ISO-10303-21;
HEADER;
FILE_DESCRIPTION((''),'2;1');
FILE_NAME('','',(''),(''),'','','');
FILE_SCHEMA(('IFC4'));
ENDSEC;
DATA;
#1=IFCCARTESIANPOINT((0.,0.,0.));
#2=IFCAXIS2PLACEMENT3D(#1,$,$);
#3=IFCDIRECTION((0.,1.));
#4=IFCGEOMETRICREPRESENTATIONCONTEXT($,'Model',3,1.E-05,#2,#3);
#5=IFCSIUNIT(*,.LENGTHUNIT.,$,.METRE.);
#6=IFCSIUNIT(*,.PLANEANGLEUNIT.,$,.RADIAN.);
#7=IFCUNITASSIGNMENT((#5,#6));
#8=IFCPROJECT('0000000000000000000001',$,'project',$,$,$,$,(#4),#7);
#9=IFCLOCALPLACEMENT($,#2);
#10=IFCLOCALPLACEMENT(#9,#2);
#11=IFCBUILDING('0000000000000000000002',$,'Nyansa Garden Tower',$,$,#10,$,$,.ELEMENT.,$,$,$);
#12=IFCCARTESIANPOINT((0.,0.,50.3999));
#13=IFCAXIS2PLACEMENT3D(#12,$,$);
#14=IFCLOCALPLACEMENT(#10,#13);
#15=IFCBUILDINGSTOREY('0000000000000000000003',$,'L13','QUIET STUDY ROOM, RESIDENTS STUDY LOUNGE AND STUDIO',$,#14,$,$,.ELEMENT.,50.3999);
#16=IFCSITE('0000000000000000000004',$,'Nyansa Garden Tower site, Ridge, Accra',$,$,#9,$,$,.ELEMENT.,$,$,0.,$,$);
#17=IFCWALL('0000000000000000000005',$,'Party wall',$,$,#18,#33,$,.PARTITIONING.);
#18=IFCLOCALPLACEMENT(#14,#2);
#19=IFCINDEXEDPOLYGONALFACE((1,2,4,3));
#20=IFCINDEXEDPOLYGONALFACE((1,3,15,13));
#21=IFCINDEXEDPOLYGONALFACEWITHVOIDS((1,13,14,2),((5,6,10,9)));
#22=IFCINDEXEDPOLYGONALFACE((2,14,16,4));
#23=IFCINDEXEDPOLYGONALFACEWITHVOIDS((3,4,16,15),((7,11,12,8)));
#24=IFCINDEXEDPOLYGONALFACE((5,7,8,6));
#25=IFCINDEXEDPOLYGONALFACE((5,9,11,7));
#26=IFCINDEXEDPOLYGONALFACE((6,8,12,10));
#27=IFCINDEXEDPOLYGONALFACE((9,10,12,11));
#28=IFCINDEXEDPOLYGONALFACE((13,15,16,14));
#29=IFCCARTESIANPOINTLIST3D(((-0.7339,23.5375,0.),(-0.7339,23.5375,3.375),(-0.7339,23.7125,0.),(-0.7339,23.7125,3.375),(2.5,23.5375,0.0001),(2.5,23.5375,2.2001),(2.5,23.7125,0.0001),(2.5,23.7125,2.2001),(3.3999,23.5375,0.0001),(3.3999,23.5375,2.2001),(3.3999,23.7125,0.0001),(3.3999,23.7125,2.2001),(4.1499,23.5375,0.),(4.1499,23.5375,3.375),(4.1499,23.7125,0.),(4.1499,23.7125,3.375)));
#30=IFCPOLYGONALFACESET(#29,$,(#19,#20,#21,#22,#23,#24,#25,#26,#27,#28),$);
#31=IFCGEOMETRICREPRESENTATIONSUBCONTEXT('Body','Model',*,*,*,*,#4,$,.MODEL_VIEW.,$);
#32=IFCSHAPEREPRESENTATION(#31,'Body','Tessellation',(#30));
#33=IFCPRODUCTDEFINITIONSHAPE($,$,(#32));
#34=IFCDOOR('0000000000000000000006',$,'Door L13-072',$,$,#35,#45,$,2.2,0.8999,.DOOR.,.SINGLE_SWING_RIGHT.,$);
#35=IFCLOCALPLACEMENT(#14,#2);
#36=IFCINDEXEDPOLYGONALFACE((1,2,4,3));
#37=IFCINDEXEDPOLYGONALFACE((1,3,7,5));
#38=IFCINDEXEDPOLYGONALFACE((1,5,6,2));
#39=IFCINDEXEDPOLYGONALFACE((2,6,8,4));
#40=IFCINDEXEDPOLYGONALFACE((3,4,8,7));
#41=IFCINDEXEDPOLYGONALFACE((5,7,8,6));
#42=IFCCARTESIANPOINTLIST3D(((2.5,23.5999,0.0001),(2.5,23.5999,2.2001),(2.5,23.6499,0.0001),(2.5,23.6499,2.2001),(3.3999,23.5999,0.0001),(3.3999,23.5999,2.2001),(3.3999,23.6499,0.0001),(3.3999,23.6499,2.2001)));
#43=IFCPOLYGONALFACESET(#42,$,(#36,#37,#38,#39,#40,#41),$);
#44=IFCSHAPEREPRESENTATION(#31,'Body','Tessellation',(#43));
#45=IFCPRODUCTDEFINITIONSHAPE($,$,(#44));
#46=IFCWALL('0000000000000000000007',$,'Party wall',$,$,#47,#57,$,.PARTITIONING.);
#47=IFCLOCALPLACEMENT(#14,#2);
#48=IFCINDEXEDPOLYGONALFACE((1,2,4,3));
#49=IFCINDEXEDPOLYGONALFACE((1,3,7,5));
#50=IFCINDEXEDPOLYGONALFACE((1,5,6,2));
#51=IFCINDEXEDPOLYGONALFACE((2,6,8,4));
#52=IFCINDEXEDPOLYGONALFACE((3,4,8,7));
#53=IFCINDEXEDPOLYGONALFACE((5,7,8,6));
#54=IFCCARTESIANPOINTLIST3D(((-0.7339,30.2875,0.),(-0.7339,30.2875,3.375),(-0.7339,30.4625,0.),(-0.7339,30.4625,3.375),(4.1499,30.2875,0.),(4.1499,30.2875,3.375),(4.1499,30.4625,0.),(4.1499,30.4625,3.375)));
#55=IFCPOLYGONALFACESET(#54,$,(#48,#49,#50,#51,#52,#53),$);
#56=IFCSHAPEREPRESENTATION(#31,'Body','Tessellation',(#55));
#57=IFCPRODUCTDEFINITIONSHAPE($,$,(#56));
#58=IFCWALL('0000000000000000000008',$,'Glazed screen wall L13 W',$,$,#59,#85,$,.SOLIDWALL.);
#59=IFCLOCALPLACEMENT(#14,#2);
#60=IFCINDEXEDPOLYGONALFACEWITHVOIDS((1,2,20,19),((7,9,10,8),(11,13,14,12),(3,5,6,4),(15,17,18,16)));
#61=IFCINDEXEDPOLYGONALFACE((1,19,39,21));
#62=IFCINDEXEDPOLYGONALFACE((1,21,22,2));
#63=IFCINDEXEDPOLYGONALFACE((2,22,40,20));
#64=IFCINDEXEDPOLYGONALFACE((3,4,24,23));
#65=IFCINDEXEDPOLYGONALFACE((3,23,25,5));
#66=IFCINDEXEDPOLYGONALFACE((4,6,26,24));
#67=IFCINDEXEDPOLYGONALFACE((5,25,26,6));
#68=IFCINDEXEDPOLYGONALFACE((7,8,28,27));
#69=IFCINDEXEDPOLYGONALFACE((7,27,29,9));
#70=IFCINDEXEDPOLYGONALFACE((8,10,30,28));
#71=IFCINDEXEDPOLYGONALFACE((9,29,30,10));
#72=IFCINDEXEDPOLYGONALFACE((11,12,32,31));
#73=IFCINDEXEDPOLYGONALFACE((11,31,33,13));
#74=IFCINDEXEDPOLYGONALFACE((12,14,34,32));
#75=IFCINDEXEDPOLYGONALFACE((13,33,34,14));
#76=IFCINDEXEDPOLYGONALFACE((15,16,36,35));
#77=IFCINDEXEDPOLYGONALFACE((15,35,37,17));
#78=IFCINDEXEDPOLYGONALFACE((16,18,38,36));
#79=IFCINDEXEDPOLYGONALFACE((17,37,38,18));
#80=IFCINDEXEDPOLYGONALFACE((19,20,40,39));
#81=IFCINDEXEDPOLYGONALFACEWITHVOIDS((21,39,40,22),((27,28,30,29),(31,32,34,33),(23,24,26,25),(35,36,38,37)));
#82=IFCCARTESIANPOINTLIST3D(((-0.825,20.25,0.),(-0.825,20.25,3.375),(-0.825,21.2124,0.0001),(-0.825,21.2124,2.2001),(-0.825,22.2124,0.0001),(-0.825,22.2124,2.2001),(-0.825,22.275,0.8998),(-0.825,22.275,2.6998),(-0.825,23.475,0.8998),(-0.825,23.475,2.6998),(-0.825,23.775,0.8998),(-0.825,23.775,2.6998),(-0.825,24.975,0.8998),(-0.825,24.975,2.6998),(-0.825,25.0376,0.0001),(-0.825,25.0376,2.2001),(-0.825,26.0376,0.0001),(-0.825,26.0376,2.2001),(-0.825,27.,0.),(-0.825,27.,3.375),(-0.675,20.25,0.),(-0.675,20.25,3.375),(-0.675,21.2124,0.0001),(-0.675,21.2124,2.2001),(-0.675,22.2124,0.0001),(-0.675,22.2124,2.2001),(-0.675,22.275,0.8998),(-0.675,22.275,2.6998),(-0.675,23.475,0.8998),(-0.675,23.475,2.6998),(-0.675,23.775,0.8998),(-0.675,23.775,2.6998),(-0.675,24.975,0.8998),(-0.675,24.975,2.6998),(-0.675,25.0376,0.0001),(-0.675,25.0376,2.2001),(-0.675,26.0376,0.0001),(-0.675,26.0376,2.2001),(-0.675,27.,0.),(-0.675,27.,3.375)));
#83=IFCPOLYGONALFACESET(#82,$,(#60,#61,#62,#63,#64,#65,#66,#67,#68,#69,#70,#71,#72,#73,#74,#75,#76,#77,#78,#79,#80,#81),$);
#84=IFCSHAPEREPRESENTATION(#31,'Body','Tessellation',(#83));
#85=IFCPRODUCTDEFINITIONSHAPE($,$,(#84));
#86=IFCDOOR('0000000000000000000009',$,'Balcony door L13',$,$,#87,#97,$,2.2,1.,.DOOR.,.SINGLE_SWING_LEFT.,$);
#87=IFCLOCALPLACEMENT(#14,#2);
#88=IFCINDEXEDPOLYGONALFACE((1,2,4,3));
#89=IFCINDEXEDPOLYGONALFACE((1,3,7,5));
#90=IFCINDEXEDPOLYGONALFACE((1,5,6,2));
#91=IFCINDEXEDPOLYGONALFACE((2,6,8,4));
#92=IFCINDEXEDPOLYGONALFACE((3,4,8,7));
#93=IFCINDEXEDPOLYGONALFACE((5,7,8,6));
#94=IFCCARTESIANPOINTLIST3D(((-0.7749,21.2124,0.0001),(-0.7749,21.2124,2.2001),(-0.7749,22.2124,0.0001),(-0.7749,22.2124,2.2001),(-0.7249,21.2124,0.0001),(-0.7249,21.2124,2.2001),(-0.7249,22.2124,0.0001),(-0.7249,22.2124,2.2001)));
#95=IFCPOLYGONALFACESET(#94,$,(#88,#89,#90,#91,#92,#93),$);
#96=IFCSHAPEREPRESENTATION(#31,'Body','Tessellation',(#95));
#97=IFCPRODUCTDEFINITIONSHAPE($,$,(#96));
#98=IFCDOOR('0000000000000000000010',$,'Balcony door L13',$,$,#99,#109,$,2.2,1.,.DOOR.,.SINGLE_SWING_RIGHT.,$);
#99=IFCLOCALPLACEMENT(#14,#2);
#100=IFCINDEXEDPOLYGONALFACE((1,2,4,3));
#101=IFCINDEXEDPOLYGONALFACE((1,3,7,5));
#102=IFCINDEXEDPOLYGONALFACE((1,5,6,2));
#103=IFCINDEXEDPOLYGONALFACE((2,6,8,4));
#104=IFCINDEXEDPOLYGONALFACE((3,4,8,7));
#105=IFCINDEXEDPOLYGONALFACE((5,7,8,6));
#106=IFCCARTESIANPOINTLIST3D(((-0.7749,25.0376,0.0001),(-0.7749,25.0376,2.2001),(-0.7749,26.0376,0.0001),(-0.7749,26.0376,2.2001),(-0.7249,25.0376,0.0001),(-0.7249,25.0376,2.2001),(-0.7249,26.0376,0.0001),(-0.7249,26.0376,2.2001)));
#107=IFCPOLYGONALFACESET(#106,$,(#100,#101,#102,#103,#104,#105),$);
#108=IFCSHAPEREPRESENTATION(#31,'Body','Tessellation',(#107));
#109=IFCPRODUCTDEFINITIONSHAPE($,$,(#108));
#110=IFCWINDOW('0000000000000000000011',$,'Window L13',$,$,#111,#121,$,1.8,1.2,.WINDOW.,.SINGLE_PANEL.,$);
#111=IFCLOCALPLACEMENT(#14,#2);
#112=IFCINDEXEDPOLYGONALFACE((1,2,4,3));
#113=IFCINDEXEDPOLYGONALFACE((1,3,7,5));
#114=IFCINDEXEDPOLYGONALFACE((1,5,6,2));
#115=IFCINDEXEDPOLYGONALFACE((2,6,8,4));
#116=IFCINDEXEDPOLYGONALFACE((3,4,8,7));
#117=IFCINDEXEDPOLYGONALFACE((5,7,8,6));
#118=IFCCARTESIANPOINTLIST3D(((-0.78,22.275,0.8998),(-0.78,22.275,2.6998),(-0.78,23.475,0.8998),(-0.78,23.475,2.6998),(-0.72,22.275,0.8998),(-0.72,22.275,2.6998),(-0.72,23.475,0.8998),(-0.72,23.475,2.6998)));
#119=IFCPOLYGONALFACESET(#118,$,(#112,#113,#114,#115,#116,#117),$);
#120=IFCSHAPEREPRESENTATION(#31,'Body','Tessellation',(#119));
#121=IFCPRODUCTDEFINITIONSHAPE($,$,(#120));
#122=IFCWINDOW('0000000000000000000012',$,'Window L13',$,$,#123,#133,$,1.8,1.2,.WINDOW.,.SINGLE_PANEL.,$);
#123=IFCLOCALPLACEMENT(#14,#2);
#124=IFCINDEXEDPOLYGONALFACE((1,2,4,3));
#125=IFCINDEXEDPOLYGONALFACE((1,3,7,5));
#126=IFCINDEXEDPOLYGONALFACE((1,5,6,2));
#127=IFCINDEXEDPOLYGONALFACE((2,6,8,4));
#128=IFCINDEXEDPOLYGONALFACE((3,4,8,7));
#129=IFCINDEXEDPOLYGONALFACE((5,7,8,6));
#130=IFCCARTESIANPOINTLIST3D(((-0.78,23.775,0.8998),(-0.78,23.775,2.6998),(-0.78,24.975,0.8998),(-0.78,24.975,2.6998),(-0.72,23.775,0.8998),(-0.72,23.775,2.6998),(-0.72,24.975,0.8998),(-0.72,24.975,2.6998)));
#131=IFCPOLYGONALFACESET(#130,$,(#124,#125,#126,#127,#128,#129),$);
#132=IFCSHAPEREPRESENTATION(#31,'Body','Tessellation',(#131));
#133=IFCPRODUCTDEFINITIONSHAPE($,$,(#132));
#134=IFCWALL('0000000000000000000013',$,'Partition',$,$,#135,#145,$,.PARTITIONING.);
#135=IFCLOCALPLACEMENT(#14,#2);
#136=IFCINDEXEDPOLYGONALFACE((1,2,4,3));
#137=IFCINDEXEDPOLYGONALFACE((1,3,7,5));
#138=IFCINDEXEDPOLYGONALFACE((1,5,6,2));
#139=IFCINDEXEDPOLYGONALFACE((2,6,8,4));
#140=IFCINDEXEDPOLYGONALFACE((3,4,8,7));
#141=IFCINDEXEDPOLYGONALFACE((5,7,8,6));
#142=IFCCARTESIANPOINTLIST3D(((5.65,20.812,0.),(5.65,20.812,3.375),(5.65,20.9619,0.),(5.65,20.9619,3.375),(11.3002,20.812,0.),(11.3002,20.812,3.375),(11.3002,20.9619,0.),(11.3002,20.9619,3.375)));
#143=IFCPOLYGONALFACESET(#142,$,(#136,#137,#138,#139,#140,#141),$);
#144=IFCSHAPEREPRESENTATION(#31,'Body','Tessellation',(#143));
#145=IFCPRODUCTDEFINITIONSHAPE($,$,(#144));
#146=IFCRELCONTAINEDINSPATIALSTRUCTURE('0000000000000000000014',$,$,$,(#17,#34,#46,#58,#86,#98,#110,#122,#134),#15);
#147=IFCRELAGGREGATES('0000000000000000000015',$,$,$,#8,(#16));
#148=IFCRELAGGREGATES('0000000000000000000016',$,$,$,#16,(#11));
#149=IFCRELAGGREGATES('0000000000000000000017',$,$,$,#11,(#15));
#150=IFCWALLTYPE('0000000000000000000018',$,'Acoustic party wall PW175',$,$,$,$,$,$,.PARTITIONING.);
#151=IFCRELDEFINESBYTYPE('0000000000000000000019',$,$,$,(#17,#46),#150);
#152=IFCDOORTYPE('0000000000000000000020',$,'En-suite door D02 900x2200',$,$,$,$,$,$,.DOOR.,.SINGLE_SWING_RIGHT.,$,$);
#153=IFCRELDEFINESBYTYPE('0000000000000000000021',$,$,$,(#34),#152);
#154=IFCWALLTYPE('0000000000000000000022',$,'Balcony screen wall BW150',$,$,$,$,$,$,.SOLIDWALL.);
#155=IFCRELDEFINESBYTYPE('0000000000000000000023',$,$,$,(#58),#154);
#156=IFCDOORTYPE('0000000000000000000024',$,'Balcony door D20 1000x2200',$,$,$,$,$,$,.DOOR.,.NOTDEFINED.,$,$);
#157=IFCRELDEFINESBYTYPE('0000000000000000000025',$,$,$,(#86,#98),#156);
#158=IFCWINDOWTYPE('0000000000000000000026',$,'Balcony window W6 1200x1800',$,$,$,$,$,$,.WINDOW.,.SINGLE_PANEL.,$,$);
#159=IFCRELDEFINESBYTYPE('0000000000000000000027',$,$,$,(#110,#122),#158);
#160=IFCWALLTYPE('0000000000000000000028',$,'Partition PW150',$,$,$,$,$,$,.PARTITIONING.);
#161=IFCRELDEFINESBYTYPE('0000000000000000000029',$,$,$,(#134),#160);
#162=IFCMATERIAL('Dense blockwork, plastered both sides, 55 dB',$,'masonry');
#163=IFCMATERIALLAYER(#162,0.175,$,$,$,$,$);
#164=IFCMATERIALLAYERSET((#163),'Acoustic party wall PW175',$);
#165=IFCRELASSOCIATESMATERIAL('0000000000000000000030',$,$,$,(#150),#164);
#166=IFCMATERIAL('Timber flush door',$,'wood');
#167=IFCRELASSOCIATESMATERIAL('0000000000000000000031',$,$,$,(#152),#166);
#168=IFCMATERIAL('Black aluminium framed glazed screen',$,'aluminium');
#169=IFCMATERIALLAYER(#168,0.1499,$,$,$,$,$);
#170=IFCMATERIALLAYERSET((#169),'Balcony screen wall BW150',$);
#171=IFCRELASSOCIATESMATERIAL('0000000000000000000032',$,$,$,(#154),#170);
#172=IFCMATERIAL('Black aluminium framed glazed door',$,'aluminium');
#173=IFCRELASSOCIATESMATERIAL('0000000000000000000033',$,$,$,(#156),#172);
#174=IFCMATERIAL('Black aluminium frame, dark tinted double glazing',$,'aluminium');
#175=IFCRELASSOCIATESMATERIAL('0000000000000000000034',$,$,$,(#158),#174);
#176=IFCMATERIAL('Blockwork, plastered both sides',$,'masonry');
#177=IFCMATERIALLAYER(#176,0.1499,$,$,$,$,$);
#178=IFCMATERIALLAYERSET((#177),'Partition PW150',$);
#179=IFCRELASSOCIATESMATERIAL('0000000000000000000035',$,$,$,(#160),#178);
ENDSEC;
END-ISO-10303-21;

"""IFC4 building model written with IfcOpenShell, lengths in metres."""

from ifc_helpers import new_model, si_unit, direction, frame, frame_2d, origin, place, context, subcontext, project, spatial, rectangle, extrude, material, layer, layer_set, type_object, element, fill, save


model = new_model("IFC4")

# Units and contexts
model_context = context("Model", 3, precision=1e-05, world=origin(), true_north=direction((0.0, 1.0)))
body_context = subcontext(model_context, "Body", "Model", "MODEL_VIEW")
ifc_project = project(units=[si_unit("LENGTHUNIT", "METRE"), si_unit("PLANEANGLEUNIT", "RADIAN")], contexts=[model_context])

# Site, building, storey
site_placement = place(None, origin())
site = spatial("IfcSite", under=ifc_project, at=site_placement, Name="Nyansa Garden Tower site, Ridge, Accra", CompositionType="ELEMENT", RefElevation=0.0)
building_placement = place(site_placement, origin())
building = spatial("IfcBuilding", under=site, at=building_placement, Name="Nyansa Garden Tower", CompositionType="ELEMENT")
storey_placement = place(building_placement, frame((0.0, 0.0, 50.3999)))
storey = spatial("IfcBuildingStorey", under=building, at=storey_placement, Name="L13", Description="QUIET STUDY ROOM, RESIDENTS STUDY LOUNGE AND STUDIO", CompositionType="ELEMENT", Elevation=50.3999)

# Wall, opening, door
ifc_material_1 = material(Name="Dense blockwork, plastered both sides, 55 dB", Category="masonry")
ifc_layer_1 = layer(ifc_material_1, 0.175)
ifc_layer_set_1 = layer_set([ifc_layer_1], Name="Acoustic party wall PW175")
wall_type_1 = type_object("IfcWallType", Name="Acoustic party wall PW175", PredefinedType="PARTITIONING", material=ifc_layer_set_1)
wall_1_placement = place(storey_placement, frame((-0.7339, 23.625, 0.0), z_axis=(0.0, 0.0, 1.0), x_axis=(1.0, 0.0, 0.0)))
wall_1 = element("IfcWall", 1, at=wall_1_placement, inside=storey, type_object=wall_type_1, Name="Party wall", PredefinedType="PARTITIONING", context=body_context, shape_type="SweptSolid", body=[
    extrude(rectangle(XDim=4.8838, YDim=0.175, at=frame_2d((2.4419, 0.0))), origin(), (0.0, 0.0, 1.0), 3.375),
])
opening_1_placement = place(wall_1_placement, frame((3.2339, 0.0, 0.0)))
opening_1 = element("IfcOpeningElement", 2, at=opening_1_placement, cuts=wall_1, PredefinedType="OPENING", context=body_context, shape_type="SweptSolid", body=[
    extrude(rectangle(XDim=0.8999, YDim=2.2, at=frame_2d((0.45, 1.1001))), frame((0.0, 0.0974, 0.0), z_axis=(0.0, -1.0, 0.0), x_axis=(1.0, 0.0, 0.0)), (0.0, 0.0, 1.0), 0.1951),
])
ifc_material_2 = material(Name="Timber flush door", Category="wood")
door_type_1 = type_object("IfcDoorType", Name="En-suite door D02 900x2200", OperationType="SINGLE_SWING_RIGHT", PredefinedType="DOOR", material=ifc_material_2)
door_1_placement = place(opening_1_placement, origin())
door_1 = element("IfcDoor", 3, at=door_1_placement, inside=storey, type_object=door_type_1, Name="Door L13-072", OperationType="SINGLE_SWING_RIGHT", OverallHeight=2.2, OverallWidth=0.8999, PredefinedType="DOOR", context=body_context, shape_type="SweptSolid", body=[
    extrude(rectangle(XDim=0.8999, YDim=2.2, at=frame_2d((0.45, 1.1001))), frame((0.0, 0.0249, 0.0), z_axis=(0.0, -1.0, 0.0), x_axis=(1.0, 0.0, 0.0)), (0.0, 0.0, 1.0), 0.05),
])
fill(opening_1, door_1)

# Wall
wall_2_placement = place(storey_placement, frame((-0.7339, 30.375, 0.0), z_axis=(0.0, 0.0, 1.0), x_axis=(1.0, 0.0, 0.0)))
element("IfcWall", 4, at=wall_2_placement, inside=storey, type_object=wall_type_1, Name="Party wall", PredefinedType="PARTITIONING", context=body_context, shape_type="SweptSolid", body=[
    extrude(rectangle(XDim=4.8838, YDim=0.175, at=frame_2d((2.4419, 0.0))), origin(), (0.0, 0.0, 1.0), 3.375),
])

# Wall, openings, doors, windows
ifc_material_3 = material(Name="Black aluminium framed glazed screen", Category="aluminium")
ifc_layer_2 = layer(ifc_material_3, 0.1499)
ifc_layer_set_2 = layer_set([ifc_layer_2], Name="Balcony screen wall BW150")
wall_type_2 = type_object("IfcWallType", Name="Balcony screen wall BW150", PredefinedType="SOLIDWALL", material=ifc_layer_set_2)
wall_3_placement = place(storey_placement, frame((-0.75, 20.25, 0.0), z_axis=(0.0, 0.0, 1.0), x_axis=(0.0, 1.0, 0.0)))
wall_3 = element("IfcWall", 5, at=wall_3_placement, inside=storey, type_object=wall_type_2, Name="Glazed screen wall L13 W", PredefinedType="SOLIDWALL", context=body_context, shape_type="SweptSolid", body=[
    extrude(rectangle(XDim=6.75, YDim=0.1499, at=frame_2d((3.375, 0.0))), origin(), (0.0, 0.0, 1.0), 3.375),
])
opening_2_placement = place(wall_3_placement, frame((0.9624, 0.0, 0.0)))
opening_2 = element("IfcOpeningElement", 6, at=opening_2_placement, cuts=wall_3, PredefinedType="OPENING", context=body_context, shape_type="SweptSolid", body=[
    extrude(rectangle(XDim=1.0, YDim=2.2, at=frame_2d((0.5, 1.1001))), frame((0.0, 0.085, 0.0), z_axis=(0.0, -1.0, 0.0), x_axis=(1.0, 0.0, 0.0)), (0.0, 0.0, 1.0), 0.1699),
])
opening_3_placement = place(wall_3_placement, frame((2.0249, 0.0, 0.8999)))
opening_3 = element("IfcOpeningElement", 7, at=opening_3_placement, cuts=wall_3, PredefinedType="OPENING", context=body_context, shape_type="SweptSolid", body=[
    extrude(rectangle(XDim=1.2, YDim=1.8, at=frame_2d((0.6001, 0.8999))), frame((0.0, 0.085, 0.0), z_axis=(0.0, -1.0, 0.0), x_axis=(1.0, 0.0, 0.0)), (0.0, 0.0, 1.0), 0.1699),
])
opening_4_placement = place(wall_3_placement, frame((4.7876, 0.0, 0.0)))
opening_4 = element("IfcOpeningElement", 8, at=opening_4_placement, cuts=wall_3, PredefinedType="OPENING", context=body_context, shape_type="SweptSolid", body=[
    extrude(rectangle(XDim=1.0, YDim=2.2, at=frame_2d((0.5, 1.1001))), frame((0.0, 0.085, 0.0), z_axis=(0.0, -1.0, 0.0), x_axis=(1.0, 0.0, 0.0)), (0.0, 0.0, 1.0), 0.1699),
])
opening_5_placement = place(wall_3_placement, frame((3.5249, 0.0, 0.8999)))
opening_5 = element("IfcOpeningElement", 9, at=opening_5_placement, cuts=wall_3, PredefinedType="OPENING", context=body_context, shape_type="SweptSolid", body=[
    extrude(rectangle(XDim=1.2, YDim=1.8, at=frame_2d((0.6001, 0.8999))), frame((0.0, 0.085, 0.0), z_axis=(0.0, -1.0, 0.0), x_axis=(1.0, 0.0, 0.0)), (0.0, 0.0, 1.0), 0.1699),
])
ifc_material_4 = material(Name="Black aluminium framed glazed door", Category="aluminium")
door_type_2 = type_object("IfcDoorType", Name="Balcony door D20 1000x2200", OperationType="NOTDEFINED", PredefinedType="DOOR", material=ifc_material_4)
door_2_placement = place(opening_2_placement, origin())
door_2 = element("IfcDoor", 10, at=door_2_placement, inside=storey, type_object=door_type_2, Name="Balcony door L13", OperationType="SINGLE_SWING_LEFT", OverallHeight=2.2, OverallWidth=1.0, PredefinedType="DOOR", context=body_context, shape_type="SweptSolid", body=[
    extrude(rectangle(XDim=1.0, YDim=2.2, at=frame_2d((0.5, 1.1001))), frame((0.0, 0.0249, 0.0), z_axis=(0.0, -1.0, 0.0), x_axis=(1.0, 0.0, 0.0)), (0.0, 0.0, 1.0), 0.05),
])
fill(opening_2, door_2)
door_3_placement = place(opening_4_placement, origin())
door_3 = element("IfcDoor", 11, at=door_3_placement, inside=storey, type_object=door_type_2, Name="Balcony door L13", OperationType="SINGLE_SWING_RIGHT", OverallHeight=2.2, OverallWidth=1.0, PredefinedType="DOOR", context=body_context, shape_type="SweptSolid", body=[
    extrude(rectangle(XDim=1.0, YDim=2.2, at=frame_2d((0.5, 1.1001))), frame((0.0, 0.0249, 0.0), z_axis=(0.0, -1.0, 0.0), x_axis=(1.0, 0.0, 0.0)), (0.0, 0.0, 1.0), 0.05),
])
fill(opening_4, door_3)
ifc_material_5 = material(Name="Black aluminium frame, dark tinted double glazing", Category="aluminium")
window_type = type_object("IfcWindowType", Name="Balcony window W6 1200x1800", PartitioningType="SINGLE_PANEL", PredefinedType="WINDOW", material=ifc_material_5)
window_1_placement = place(opening_3_placement, origin())
window_1 = element("IfcWindow", 12, at=window_1_placement, inside=storey, type_object=window_type, Name="Window L13", OverallHeight=1.8, OverallWidth=1.2, PartitioningType="SINGLE_PANEL", PredefinedType="WINDOW", context=body_context, shape_type="SweptSolid", body=[
    extrude(rectangle(XDim=1.2, YDim=1.8, at=frame_2d((0.6001, 0.8999))), frame((0.0, 0.03, 0.0), z_axis=(0.0, -1.0, 0.0), x_axis=(1.0, 0.0, 0.0)), (0.0, 0.0, 1.0), 0.0601),
])
fill(opening_3, window_1)
window_2_placement = place(opening_5_placement, origin())
window_2 = element("IfcWindow", 13, at=window_2_placement, inside=storey, type_object=window_type, Name="Window L13", OverallHeight=1.8, OverallWidth=1.2, PartitioningType="SINGLE_PANEL", PredefinedType="WINDOW", context=body_context, shape_type="SweptSolid", body=[
    extrude(rectangle(XDim=1.2, YDim=1.8, at=frame_2d((0.6001, 0.8999))), frame((0.0, 0.03, 0.0), z_axis=(0.0, -1.0, 0.0), x_axis=(1.0, 0.0, 0.0)), (0.0, 0.0, 1.0), 0.0601),
])
fill(opening_5, window_2)

# Wall
ifc_material_6 = material(Name="Blockwork, plastered both sides", Category="masonry")
ifc_layer_3 = layer(ifc_material_6, 0.1499)
ifc_layer_set_3 = layer_set([ifc_layer_3], Name="Partition PW150")
wall_type_3 = type_object("IfcWallType", Name="Partition PW150", PredefinedType="PARTITIONING", material=ifc_layer_set_3)
wall_4_placement = place(storey_placement, frame((5.6499, 20.887, 0.0), z_axis=(0.0, 0.0, 1.0), x_axis=(1.0, 0.0, 0.0)))
element("IfcWall", 14, at=wall_4_placement, inside=storey, type_object=wall_type_3, Name="Partition", PredefinedType="PARTITIONING", context=body_context, shape_type="SweptSolid", body=[
    extrude(rectangle(XDim=5.6501, YDim=0.1499, at=frame_2d((2.8252, 0.0))), origin(), (0.0, 0.0, 1.0), 3.375),
])

save(model, "model.ifc")
